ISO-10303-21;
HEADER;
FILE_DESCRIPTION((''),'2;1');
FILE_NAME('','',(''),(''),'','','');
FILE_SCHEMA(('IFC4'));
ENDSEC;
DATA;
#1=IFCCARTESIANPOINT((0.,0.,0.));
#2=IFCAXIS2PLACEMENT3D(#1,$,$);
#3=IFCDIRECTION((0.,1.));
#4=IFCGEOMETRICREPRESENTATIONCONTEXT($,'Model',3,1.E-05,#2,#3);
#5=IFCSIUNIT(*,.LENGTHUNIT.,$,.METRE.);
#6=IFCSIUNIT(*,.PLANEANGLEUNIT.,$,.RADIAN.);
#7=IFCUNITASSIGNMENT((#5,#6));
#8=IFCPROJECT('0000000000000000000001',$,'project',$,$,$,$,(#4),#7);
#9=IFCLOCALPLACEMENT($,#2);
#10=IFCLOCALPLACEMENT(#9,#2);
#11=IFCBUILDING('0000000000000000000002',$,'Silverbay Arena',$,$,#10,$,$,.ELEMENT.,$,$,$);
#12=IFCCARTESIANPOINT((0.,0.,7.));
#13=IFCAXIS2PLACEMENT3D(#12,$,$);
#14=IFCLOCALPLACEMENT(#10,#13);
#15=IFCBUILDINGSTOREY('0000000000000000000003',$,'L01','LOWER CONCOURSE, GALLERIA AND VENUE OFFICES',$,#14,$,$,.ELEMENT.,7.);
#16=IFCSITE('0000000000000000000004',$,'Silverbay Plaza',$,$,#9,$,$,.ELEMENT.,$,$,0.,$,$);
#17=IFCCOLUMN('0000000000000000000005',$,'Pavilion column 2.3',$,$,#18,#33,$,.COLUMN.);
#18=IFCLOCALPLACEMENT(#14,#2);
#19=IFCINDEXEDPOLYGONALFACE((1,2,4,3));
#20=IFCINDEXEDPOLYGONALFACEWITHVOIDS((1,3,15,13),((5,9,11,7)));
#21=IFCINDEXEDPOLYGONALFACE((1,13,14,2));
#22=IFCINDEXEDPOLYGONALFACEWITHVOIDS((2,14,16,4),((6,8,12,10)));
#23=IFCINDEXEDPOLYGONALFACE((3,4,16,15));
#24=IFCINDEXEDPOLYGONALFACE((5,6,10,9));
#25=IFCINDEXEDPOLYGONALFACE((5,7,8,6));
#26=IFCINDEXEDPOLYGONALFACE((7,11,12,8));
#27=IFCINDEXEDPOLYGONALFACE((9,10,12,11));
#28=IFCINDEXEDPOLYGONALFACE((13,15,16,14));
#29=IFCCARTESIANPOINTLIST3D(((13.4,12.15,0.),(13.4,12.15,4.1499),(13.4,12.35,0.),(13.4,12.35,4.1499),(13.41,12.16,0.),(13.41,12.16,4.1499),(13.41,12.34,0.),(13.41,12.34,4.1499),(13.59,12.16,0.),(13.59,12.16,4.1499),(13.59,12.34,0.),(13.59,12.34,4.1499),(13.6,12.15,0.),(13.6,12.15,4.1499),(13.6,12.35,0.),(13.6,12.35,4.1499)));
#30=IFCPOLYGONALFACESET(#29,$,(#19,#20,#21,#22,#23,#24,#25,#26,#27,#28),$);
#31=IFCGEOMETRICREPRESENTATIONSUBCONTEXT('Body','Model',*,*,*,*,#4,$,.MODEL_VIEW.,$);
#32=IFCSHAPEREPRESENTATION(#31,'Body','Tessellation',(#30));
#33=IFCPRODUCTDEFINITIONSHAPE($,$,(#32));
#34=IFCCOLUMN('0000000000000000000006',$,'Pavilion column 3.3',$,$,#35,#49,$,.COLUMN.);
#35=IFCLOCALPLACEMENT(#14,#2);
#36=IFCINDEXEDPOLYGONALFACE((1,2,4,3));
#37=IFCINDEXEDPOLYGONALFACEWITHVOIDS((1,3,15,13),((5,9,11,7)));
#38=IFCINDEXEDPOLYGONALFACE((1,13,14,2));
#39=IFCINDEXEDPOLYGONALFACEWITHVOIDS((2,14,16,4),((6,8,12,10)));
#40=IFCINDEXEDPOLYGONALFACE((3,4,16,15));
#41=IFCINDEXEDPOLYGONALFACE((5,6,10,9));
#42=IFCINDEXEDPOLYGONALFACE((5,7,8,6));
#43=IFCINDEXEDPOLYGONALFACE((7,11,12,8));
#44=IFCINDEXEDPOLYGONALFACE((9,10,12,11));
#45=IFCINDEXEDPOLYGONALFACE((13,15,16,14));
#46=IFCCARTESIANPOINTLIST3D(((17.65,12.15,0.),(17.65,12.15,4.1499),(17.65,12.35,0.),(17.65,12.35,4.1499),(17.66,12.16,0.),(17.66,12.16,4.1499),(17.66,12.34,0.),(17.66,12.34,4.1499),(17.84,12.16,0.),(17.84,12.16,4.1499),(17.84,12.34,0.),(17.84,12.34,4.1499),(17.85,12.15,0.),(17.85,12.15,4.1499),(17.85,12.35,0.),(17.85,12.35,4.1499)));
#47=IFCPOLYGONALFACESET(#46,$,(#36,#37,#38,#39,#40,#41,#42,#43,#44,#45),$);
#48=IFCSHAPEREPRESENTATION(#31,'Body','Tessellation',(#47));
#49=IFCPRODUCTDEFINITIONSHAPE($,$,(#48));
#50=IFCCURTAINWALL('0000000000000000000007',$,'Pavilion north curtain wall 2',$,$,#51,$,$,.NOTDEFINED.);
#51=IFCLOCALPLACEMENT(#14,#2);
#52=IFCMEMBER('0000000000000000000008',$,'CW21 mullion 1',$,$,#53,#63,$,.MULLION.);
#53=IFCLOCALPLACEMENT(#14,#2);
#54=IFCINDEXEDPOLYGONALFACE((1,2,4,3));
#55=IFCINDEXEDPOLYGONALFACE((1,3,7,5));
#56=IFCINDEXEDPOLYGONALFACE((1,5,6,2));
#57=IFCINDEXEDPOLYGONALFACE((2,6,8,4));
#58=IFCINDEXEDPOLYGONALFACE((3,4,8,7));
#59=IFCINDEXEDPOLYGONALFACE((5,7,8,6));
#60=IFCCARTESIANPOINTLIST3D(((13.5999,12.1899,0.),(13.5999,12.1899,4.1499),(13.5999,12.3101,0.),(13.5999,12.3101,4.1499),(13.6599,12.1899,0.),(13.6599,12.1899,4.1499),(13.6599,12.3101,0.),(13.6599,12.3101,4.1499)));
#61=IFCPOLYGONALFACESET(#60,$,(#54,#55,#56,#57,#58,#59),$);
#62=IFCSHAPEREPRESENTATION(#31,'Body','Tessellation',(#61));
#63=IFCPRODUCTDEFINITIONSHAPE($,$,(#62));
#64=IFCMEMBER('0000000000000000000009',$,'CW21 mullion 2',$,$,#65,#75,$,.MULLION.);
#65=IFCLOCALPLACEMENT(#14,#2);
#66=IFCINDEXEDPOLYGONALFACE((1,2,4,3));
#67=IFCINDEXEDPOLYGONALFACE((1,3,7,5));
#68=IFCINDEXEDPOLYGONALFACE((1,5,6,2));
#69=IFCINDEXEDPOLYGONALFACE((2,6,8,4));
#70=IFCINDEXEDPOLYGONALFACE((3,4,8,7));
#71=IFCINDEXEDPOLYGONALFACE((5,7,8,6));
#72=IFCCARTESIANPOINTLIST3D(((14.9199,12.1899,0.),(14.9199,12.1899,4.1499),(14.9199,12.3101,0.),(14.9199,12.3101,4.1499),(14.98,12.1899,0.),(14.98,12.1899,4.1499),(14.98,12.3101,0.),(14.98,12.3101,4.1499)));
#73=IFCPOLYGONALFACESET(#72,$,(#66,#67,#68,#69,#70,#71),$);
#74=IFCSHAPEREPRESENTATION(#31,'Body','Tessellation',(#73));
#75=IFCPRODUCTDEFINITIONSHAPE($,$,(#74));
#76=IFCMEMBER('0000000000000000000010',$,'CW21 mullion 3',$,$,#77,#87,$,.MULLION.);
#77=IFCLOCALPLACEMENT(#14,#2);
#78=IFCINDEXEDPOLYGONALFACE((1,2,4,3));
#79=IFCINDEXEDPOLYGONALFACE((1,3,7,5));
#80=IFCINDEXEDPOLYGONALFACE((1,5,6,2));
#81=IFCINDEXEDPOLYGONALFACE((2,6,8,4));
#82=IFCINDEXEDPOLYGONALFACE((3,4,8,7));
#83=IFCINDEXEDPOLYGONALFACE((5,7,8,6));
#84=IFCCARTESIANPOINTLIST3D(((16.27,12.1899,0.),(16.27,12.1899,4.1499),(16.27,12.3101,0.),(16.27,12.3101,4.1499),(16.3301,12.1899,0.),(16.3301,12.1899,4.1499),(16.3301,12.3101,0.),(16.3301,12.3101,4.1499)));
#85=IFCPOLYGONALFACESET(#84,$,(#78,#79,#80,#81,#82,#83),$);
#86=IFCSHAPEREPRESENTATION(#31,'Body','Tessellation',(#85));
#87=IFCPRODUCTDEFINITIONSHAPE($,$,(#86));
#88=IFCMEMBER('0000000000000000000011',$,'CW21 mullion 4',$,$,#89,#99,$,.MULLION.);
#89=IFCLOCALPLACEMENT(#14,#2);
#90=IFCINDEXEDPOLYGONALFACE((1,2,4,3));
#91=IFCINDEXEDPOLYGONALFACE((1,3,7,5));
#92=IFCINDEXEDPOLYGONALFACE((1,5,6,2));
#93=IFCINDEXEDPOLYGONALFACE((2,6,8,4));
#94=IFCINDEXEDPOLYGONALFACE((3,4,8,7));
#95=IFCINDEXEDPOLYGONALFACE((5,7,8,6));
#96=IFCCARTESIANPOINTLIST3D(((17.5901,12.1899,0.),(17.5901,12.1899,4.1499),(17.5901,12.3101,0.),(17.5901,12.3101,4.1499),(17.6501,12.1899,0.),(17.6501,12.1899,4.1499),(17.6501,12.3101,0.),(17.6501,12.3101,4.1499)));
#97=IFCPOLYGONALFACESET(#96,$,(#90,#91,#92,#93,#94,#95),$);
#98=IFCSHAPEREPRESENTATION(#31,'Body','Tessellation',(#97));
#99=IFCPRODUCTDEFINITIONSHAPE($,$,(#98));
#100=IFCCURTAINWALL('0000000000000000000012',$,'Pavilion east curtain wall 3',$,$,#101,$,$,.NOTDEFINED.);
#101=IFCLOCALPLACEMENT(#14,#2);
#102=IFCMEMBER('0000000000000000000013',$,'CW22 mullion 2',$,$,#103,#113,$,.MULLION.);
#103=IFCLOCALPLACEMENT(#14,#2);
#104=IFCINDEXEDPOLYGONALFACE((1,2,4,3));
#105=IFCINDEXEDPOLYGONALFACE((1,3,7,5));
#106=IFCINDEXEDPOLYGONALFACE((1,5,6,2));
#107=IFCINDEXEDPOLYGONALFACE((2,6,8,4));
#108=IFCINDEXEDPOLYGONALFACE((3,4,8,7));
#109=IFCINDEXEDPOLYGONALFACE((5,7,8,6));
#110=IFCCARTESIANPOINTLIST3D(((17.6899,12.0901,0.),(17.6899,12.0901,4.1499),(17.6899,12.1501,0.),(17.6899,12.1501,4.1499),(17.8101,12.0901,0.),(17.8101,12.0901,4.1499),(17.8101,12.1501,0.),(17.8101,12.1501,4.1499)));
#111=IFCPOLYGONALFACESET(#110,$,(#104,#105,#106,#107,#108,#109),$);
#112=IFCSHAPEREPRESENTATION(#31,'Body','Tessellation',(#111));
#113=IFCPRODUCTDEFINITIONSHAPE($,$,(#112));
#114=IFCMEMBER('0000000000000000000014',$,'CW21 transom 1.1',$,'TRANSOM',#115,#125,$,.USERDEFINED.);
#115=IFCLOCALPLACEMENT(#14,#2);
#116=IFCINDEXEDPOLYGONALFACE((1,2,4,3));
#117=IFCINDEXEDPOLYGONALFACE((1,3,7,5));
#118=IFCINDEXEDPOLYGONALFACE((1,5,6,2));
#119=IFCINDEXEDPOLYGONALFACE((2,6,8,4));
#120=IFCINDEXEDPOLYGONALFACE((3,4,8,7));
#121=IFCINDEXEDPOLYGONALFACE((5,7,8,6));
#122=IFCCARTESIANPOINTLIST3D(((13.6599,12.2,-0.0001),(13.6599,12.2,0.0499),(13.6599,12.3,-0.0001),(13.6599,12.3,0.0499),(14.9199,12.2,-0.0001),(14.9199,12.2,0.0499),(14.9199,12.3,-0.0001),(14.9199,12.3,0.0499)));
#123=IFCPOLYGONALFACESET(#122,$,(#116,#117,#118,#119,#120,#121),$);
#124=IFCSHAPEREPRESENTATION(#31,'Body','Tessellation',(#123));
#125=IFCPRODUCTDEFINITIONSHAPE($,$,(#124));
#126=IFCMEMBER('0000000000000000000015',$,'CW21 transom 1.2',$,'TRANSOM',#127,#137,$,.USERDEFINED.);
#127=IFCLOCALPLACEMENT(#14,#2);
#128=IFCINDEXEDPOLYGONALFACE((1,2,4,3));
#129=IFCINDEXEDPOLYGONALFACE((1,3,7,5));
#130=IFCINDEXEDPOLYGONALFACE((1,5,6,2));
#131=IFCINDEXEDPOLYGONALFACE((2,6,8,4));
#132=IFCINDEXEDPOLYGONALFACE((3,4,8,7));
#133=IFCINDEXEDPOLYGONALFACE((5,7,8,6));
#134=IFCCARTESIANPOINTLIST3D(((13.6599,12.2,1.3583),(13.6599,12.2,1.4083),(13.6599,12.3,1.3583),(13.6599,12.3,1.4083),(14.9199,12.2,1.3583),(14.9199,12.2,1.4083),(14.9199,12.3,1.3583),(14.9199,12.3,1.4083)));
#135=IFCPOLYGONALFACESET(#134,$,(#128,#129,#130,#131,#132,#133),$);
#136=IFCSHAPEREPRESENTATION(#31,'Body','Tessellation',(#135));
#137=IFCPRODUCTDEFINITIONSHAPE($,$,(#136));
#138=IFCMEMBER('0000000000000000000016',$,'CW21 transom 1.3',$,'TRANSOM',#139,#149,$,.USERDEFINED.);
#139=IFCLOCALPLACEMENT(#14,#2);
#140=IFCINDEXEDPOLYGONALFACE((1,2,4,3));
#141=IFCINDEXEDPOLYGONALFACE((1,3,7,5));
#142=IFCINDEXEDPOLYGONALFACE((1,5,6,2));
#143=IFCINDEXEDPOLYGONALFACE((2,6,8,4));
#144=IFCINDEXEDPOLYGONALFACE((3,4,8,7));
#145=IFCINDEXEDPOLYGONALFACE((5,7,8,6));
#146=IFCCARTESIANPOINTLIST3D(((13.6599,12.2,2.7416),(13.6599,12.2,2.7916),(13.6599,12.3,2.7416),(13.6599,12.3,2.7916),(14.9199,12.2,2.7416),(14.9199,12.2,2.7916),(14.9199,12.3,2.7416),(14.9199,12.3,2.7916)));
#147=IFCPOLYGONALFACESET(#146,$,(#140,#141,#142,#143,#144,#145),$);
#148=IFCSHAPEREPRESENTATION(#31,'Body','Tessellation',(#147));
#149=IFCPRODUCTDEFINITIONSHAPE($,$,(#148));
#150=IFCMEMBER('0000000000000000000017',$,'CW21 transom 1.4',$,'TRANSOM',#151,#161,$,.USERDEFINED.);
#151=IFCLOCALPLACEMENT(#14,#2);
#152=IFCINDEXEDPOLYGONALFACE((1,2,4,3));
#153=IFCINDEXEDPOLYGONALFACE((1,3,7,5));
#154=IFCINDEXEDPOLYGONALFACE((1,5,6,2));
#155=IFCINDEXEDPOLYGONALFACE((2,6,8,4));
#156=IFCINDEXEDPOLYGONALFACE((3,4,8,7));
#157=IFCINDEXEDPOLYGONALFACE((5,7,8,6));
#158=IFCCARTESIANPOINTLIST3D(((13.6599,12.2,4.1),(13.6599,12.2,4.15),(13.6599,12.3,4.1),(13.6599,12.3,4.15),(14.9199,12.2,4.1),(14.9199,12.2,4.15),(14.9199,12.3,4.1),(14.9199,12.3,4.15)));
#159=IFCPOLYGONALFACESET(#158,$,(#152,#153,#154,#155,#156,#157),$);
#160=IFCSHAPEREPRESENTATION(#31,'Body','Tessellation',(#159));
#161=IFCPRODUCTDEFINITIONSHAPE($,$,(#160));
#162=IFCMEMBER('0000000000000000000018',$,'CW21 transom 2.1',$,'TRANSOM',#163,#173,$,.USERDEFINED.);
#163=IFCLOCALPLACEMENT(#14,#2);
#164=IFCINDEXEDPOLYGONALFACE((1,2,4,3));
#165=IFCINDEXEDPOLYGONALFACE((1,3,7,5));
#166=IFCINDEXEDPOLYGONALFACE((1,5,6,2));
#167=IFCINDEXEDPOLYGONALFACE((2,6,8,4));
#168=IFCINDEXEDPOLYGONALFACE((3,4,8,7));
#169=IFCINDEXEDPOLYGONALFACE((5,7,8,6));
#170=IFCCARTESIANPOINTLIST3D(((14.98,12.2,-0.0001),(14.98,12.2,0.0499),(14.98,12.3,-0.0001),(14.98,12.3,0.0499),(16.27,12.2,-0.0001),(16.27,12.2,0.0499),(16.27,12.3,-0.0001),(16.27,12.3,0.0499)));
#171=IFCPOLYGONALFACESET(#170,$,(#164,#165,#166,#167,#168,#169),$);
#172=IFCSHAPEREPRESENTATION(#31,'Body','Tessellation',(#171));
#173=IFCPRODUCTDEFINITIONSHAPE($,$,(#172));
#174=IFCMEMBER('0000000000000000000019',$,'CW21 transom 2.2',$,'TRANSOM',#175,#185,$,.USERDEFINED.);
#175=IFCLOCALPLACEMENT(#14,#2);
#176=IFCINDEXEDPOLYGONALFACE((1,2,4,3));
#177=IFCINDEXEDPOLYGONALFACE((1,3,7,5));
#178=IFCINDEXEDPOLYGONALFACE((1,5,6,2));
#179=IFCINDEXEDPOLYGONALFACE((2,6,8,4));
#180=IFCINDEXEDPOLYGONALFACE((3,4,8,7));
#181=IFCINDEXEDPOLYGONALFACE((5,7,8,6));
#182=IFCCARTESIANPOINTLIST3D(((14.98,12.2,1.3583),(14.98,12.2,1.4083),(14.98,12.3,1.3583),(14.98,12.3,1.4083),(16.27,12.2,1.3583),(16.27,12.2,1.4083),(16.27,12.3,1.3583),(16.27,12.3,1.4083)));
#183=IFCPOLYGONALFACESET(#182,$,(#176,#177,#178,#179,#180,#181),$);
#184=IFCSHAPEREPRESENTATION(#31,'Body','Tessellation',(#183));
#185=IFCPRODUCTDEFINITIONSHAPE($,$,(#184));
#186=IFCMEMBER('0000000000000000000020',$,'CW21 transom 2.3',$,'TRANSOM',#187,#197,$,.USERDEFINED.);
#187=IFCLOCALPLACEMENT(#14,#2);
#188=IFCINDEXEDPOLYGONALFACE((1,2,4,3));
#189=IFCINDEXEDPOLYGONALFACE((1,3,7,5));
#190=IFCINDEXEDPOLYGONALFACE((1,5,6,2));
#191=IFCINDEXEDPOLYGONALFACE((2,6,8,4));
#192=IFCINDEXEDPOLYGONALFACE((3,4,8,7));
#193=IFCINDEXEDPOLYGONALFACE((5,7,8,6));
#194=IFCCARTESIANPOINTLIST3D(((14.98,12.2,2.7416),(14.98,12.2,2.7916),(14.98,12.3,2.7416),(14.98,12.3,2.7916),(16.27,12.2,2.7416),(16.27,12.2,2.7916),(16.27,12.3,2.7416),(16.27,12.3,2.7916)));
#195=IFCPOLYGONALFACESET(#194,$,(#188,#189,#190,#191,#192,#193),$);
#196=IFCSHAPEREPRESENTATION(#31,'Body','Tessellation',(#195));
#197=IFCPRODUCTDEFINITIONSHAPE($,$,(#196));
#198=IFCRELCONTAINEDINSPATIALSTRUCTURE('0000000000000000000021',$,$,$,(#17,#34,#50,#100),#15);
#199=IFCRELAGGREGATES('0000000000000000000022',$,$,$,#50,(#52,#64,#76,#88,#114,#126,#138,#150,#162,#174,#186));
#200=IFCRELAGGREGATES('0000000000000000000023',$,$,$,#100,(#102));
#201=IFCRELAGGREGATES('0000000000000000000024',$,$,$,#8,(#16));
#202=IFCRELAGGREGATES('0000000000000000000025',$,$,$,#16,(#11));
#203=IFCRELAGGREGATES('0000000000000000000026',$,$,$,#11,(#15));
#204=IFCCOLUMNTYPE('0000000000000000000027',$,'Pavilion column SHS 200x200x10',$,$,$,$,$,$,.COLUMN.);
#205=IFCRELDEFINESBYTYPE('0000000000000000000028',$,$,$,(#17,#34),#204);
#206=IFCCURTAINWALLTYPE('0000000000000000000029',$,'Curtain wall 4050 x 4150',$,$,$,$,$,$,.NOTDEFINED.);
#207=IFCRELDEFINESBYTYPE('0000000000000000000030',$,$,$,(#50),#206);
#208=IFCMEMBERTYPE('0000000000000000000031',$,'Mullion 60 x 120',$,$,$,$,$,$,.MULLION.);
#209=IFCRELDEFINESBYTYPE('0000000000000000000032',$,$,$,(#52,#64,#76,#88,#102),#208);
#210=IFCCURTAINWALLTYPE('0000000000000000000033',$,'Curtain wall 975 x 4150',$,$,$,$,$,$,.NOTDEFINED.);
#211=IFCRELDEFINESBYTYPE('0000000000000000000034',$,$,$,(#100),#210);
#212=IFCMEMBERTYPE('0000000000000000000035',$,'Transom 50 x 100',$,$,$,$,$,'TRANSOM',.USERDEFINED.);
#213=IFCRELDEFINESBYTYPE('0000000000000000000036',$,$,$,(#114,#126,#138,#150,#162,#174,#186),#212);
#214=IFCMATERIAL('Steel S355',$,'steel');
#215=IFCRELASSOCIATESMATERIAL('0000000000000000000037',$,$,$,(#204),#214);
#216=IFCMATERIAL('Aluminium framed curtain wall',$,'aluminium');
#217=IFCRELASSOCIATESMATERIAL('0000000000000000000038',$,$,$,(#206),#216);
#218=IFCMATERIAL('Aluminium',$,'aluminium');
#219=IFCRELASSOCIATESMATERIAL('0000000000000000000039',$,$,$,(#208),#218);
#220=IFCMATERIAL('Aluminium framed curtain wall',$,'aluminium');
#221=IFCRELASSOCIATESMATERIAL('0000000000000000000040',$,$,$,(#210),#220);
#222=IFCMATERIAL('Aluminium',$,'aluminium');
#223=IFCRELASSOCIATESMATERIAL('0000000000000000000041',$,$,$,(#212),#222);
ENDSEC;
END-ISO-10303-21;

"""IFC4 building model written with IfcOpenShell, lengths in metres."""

from ifc_helpers import new_model, si_unit, direction, frame, origin, origin_2d, place, context, subcontext, project, spatial, rectangle, hollow_rectangle, extrude, material, material_profile, profile_set, type_object, element, aggregate, save


model = new_model("IFC4")

# Units and contexts
model_context = context("Model", 3, precision=1e-05, world=origin(), true_north=direction((0.0, 1.0)))
body_context = subcontext(model_context, "Body", "Model", "MODEL_VIEW")
ifc_project = project(units=[si_unit("LENGTHUNIT", "METRE"), si_unit("PLANEANGLEUNIT", "RADIAN")], contexts=[model_context])

# Site, building, storey
site_placement = place(None, origin())
site = spatial("IfcSite", under=ifc_project, at=site_placement, Name="Silverbay Plaza", CompositionType="ELEMENT", RefElevation=0.0)
building_placement = place(site_placement, origin())
building = spatial("IfcBuilding", under=site, at=building_placement, Name="Silverbay Arena", CompositionType="ELEMENT")
storey_placement = place(building_placement, frame((0.0, 0.0, 7.0)))
storey = spatial("IfcBuildingStorey", under=building, at=storey_placement, Name="L01", Description="LOWER CONCOURSE, GALLERIA AND VENUE OFFICES", CompositionType="ELEMENT", Elevation=7.0)

# Columns
ifc_material_1 = material(Name="Steel S355", Category="steel")
ifc_material_profile_1 = material_profile(ifc_material_1, hollow_rectangle(XDim=0.2, YDim=0.2, WallThickness=0.01, at=origin_2d()), Name="SHS 200x200x10")
ifc_profile_set_1 = profile_set([ifc_material_profile_1], Name="Steel S355")
column_type = type_object("IfcColumnType", Name="Pavilion column SHS 200x200x10", PredefinedType="COLUMN", material=ifc_profile_set_1)
for number, where, z_axis, x_axis, name in (
    (1, (13.5, 12.25, 0.0), (0.0, 0.0, 1.0), (1.0, 0.0, 0.0), "Pavilion column 2.3"),
    (2, (17.75, 12.25, 0.0), (0.0, 0.0, 1.0), (1.0, 0.0, 0.0), "Pavilion column 3.3"),
):
    element("IfcColumn", number, at=place(storey_placement, frame(where, z_axis=z_axis, x_axis=x_axis)), inside=storey, type_object=column_type, Name=name, PredefinedType="COLUMN", context=body_context, shape_type="SweptSolid", body=[
        extrude(hollow_rectangle(XDim=0.2, YDim=0.2, WallThickness=0.01, at=origin_2d()), origin(), (0.0, 0.0, 1.0), 4.1499),
    ])

# Curtain wall, members
ifc_material_2 = material(Name="Aluminium framed curtain wall", Category="aluminium")
curtain_wall_type_1 = type_object("IfcCurtainWallType", Name="Curtain wall 4050 x 4150", PredefinedType="NOTDEFINED", material=ifc_material_2)
curtain_wall_1_placement = place(storey_placement, origin())
curtain_wall_1 = element("IfcCurtainWall", 3, at=curtain_wall_1_placement, inside=storey, type_object=curtain_wall_type_1, Name="Pavilion north curtain wall 2", PredefinedType="NOTDEFINED")
ifc_material_3 = material(Name="Aluminium", Category="aluminium")
ifc_material_profile_2 = material_profile(ifc_material_3, rectangle(XDim=0.1201, YDim=0.0601, at=origin_2d()), Name="Mullion 60 x 120")
ifc_profile_set_2 = profile_set([ifc_material_profile_2], Name="Aluminium")
member_type_1 = type_object("IfcMemberType", Name="Mullion 60 x 120", PredefinedType="MULLION", material=ifc_profile_set_2)
member_1_placement = place(storey_placement, frame((13.6299, 12.25, 0.0), z_axis=(0.0, 0.0, 1.0), x_axis=(0.0, 1.0, 0.0)))
member_1 = element("IfcMember", 4, at=member_1_placement, type_object=member_type_1, Name="CW21 mullion 1", PredefinedType="MULLION", context=body_context, shape_type="SweptSolid", body=[
    extrude(rectangle(XDim=0.1201, YDim=0.0601, at=origin_2d()), origin(), (0.0, 0.0, 1.0), 4.1499),
])
member_2_placement = place(storey_placement, frame((14.95, 12.25, 0.0), z_axis=(0.0, 0.0, 1.0), x_axis=(0.0, 1.0, 0.0)))
member_2 = element("IfcMember", 5, at=member_2_placement, type_object=member_type_1, Name="CW21 mullion 2", PredefinedType="MULLION", context=body_context, shape_type="SweptSolid", body=[
    extrude(rectangle(XDim=0.1201, YDim=0.0601, at=origin_2d()), origin(), (0.0, 0.0, 1.0), 4.1499),
])
member_3_placement = place(storey_placement, frame((16.3, 12.25, 0.0), z_axis=(0.0, 0.0, 1.0), x_axis=(0.0, 1.0, 0.0)))
member_3 = element("IfcMember", 6, at=member_3_placement, type_object=member_type_1, Name="CW21 mullion 3", PredefinedType="MULLION", context=body_context, shape_type="SweptSolid", body=[
    extrude(rectangle(XDim=0.1201, YDim=0.0601, at=origin_2d()), origin(), (0.0, 0.0, 1.0), 4.1499),
])
member_4_placement = place(storey_placement, frame((17.6201, 12.25, 0.0), z_axis=(0.0, 0.0, 1.0), x_axis=(0.0, 1.0, 0.0)))
member_4 = element("IfcMember", 7, at=member_4_placement, type_object=member_type_1, Name="CW21 mullion 4", PredefinedType="MULLION", context=body_context, shape_type="SweptSolid", body=[
    extrude(rectangle(XDim=0.1201, YDim=0.0601, at=origin_2d()), origin(), (0.0, 0.0, 1.0), 4.1499),
])

# Curtain wall, member
ifc_material_4 = material(Name="Aluminium framed curtain wall", Category="aluminium")
curtain_wall_type_2 = type_object("IfcCurtainWallType", Name="Curtain wall 975 x 4150", PredefinedType="NOTDEFINED", material=ifc_material_4)
curtain_wall_2_placement = place(storey_placement, origin())
curtain_wall_2 = element("IfcCurtainWall", 8, at=curtain_wall_2_placement, inside=storey, type_object=curtain_wall_type_2, Name="Pavilion east curtain wall 3", PredefinedType="NOTDEFINED")
member_5_placement = place(storey_placement, frame((17.75, 12.1201, 0.0), z_axis=(0.0, 0.0, 1.0), x_axis=(-1.0, 0.0, 0.0)))
member_5 = element("IfcMember", 9, at=member_5_placement, type_object=member_type_1, Name="CW22 mullion 2", PredefinedType="MULLION", context=body_context, shape_type="SweptSolid", body=[
    extrude(rectangle(XDim=0.1201, YDim=0.0601, at=origin_2d()), origin(), (0.0, 0.0, 1.0), 4.1499),
])

# Members
ifc_material_5 = material(Name="Aluminium", Category="aluminium")
ifc_material_profile_3 = material_profile(ifc_material_5, rectangle(XDim=0.1001, YDim=0.05, at=origin_2d()), Name="Transom 50 x 100")
ifc_profile_set_3 = profile_set([ifc_material_profile_3], Name="Aluminium")
member_type_2 = type_object("IfcMemberType", Name="Transom 50 x 100", ElementType="TRANSOM", PredefinedType="USERDEFINED", material=ifc_profile_set_3)
member_6_placement = place(storey_placement, frame((13.6599, 12.25, 0.0249), z_axis=(1.0, 0.0, 0.0), x_axis=(0.0, 1.0, 0.0)))
member_6 = element("IfcMember", 10, at=member_6_placement, type_object=member_type_2, Name="CW21 transom 1.1", ObjectType="TRANSOM", PredefinedType="USERDEFINED", context=body_context, shape_type="SweptSolid", body=[
    extrude(rectangle(XDim=0.1001, YDim=0.05, at=origin_2d()), origin(), (0.0, 0.0, 1.0), 1.26),
])
member_7_placement = place(storey_placement, frame((13.6599, 12.25, 1.3833), z_axis=(1.0, 0.0, 0.0), x_axis=(0.0, 1.0, 0.0)))
member_7 = element("IfcMember", 11, at=member_7_placement, type_object=member_type_2, Name="CW21 transom 1.2", ObjectType="TRANSOM", PredefinedType="USERDEFINED", context=body_context, shape_type="SweptSolid", body=[
    extrude(rectangle(XDim=0.1001, YDim=0.05, at=origin_2d()), origin(), (0.0, 0.0, 1.0), 1.26),
])
member_8_placement = place(storey_placement, frame((13.6599, 12.25, 2.7666), z_axis=(1.0, 0.0, 0.0), x_axis=(0.0, 1.0, 0.0)))
member_8 = element("IfcMember", 12, at=member_8_placement, type_object=member_type_2, Name="CW21 transom 1.3", ObjectType="TRANSOM", PredefinedType="USERDEFINED", context=body_context, shape_type="SweptSolid", body=[
    extrude(rectangle(XDim=0.1001, YDim=0.05, at=origin_2d()), origin(), (0.0, 0.0, 1.0), 1.26),
])
member_9_placement = place(storey_placement, frame((13.6599, 12.25, 4.125), z_axis=(1.0, 0.0, 0.0), x_axis=(0.0, 1.0, 0.0)))
member_9 = element("IfcMember", 13, at=member_9_placement, type_object=member_type_2, Name="CW21 transom 1.4", ObjectType="TRANSOM", PredefinedType="USERDEFINED", context=body_context, shape_type="SweptSolid", body=[
    extrude(rectangle(XDim=0.1001, YDim=0.05, at=origin_2d()), origin(), (0.0, 0.0, 1.0), 1.26),
])
member_10_placement = place(storey_placement, frame((14.98, 12.25, 0.0249), z_axis=(1.0, 0.0, 0.0), x_axis=(0.0, 1.0, 0.0)))
member_10 = element("IfcMember", 14, at=member_10_placement, type_object=member_type_2, Name="CW21 transom 2.1", ObjectType="TRANSOM", PredefinedType="USERDEFINED", context=body_context, shape_type="SweptSolid", body=[
    extrude(rectangle(XDim=0.1001, YDim=0.05, at=origin_2d()), origin(), (0.0, 0.0, 1.0), 1.29),
])
member_11_placement = place(storey_placement, frame((14.98, 12.25, 1.3833), z_axis=(1.0, 0.0, 0.0), x_axis=(0.0, 1.0, 0.0)))
member_11 = element("IfcMember", 15, at=member_11_placement, type_object=member_type_2, Name="CW21 transom 2.2", ObjectType="TRANSOM", PredefinedType="USERDEFINED", context=body_context, shape_type="SweptSolid", body=[
    extrude(rectangle(XDim=0.1001, YDim=0.05, at=origin_2d()), origin(), (0.0, 0.0, 1.0), 1.29),
])
member_12_placement = place(storey_placement, frame((14.98, 12.25, 2.7666), z_axis=(1.0, 0.0, 0.0), x_axis=(0.0, 1.0, 0.0)))
member_12 = element("IfcMember", 16, at=member_12_placement, type_object=member_type_2, Name="CW21 transom 2.3", ObjectType="TRANSOM", PredefinedType="USERDEFINED", context=body_context, shape_type="SweptSolid", body=[
    extrude(rectangle(XDim=0.1001, YDim=0.05, at=origin_2d()), origin(), (0.0, 0.0, 1.0), 1.29),
])

aggregate(curtain_wall_1, [member_1, member_2, member_3, member_4, member_6, member_7, member_8, member_9, member_10, member_11, member_12])
aggregate(curtain_wall_2, [member_5])

save(model, "model.ifc")
